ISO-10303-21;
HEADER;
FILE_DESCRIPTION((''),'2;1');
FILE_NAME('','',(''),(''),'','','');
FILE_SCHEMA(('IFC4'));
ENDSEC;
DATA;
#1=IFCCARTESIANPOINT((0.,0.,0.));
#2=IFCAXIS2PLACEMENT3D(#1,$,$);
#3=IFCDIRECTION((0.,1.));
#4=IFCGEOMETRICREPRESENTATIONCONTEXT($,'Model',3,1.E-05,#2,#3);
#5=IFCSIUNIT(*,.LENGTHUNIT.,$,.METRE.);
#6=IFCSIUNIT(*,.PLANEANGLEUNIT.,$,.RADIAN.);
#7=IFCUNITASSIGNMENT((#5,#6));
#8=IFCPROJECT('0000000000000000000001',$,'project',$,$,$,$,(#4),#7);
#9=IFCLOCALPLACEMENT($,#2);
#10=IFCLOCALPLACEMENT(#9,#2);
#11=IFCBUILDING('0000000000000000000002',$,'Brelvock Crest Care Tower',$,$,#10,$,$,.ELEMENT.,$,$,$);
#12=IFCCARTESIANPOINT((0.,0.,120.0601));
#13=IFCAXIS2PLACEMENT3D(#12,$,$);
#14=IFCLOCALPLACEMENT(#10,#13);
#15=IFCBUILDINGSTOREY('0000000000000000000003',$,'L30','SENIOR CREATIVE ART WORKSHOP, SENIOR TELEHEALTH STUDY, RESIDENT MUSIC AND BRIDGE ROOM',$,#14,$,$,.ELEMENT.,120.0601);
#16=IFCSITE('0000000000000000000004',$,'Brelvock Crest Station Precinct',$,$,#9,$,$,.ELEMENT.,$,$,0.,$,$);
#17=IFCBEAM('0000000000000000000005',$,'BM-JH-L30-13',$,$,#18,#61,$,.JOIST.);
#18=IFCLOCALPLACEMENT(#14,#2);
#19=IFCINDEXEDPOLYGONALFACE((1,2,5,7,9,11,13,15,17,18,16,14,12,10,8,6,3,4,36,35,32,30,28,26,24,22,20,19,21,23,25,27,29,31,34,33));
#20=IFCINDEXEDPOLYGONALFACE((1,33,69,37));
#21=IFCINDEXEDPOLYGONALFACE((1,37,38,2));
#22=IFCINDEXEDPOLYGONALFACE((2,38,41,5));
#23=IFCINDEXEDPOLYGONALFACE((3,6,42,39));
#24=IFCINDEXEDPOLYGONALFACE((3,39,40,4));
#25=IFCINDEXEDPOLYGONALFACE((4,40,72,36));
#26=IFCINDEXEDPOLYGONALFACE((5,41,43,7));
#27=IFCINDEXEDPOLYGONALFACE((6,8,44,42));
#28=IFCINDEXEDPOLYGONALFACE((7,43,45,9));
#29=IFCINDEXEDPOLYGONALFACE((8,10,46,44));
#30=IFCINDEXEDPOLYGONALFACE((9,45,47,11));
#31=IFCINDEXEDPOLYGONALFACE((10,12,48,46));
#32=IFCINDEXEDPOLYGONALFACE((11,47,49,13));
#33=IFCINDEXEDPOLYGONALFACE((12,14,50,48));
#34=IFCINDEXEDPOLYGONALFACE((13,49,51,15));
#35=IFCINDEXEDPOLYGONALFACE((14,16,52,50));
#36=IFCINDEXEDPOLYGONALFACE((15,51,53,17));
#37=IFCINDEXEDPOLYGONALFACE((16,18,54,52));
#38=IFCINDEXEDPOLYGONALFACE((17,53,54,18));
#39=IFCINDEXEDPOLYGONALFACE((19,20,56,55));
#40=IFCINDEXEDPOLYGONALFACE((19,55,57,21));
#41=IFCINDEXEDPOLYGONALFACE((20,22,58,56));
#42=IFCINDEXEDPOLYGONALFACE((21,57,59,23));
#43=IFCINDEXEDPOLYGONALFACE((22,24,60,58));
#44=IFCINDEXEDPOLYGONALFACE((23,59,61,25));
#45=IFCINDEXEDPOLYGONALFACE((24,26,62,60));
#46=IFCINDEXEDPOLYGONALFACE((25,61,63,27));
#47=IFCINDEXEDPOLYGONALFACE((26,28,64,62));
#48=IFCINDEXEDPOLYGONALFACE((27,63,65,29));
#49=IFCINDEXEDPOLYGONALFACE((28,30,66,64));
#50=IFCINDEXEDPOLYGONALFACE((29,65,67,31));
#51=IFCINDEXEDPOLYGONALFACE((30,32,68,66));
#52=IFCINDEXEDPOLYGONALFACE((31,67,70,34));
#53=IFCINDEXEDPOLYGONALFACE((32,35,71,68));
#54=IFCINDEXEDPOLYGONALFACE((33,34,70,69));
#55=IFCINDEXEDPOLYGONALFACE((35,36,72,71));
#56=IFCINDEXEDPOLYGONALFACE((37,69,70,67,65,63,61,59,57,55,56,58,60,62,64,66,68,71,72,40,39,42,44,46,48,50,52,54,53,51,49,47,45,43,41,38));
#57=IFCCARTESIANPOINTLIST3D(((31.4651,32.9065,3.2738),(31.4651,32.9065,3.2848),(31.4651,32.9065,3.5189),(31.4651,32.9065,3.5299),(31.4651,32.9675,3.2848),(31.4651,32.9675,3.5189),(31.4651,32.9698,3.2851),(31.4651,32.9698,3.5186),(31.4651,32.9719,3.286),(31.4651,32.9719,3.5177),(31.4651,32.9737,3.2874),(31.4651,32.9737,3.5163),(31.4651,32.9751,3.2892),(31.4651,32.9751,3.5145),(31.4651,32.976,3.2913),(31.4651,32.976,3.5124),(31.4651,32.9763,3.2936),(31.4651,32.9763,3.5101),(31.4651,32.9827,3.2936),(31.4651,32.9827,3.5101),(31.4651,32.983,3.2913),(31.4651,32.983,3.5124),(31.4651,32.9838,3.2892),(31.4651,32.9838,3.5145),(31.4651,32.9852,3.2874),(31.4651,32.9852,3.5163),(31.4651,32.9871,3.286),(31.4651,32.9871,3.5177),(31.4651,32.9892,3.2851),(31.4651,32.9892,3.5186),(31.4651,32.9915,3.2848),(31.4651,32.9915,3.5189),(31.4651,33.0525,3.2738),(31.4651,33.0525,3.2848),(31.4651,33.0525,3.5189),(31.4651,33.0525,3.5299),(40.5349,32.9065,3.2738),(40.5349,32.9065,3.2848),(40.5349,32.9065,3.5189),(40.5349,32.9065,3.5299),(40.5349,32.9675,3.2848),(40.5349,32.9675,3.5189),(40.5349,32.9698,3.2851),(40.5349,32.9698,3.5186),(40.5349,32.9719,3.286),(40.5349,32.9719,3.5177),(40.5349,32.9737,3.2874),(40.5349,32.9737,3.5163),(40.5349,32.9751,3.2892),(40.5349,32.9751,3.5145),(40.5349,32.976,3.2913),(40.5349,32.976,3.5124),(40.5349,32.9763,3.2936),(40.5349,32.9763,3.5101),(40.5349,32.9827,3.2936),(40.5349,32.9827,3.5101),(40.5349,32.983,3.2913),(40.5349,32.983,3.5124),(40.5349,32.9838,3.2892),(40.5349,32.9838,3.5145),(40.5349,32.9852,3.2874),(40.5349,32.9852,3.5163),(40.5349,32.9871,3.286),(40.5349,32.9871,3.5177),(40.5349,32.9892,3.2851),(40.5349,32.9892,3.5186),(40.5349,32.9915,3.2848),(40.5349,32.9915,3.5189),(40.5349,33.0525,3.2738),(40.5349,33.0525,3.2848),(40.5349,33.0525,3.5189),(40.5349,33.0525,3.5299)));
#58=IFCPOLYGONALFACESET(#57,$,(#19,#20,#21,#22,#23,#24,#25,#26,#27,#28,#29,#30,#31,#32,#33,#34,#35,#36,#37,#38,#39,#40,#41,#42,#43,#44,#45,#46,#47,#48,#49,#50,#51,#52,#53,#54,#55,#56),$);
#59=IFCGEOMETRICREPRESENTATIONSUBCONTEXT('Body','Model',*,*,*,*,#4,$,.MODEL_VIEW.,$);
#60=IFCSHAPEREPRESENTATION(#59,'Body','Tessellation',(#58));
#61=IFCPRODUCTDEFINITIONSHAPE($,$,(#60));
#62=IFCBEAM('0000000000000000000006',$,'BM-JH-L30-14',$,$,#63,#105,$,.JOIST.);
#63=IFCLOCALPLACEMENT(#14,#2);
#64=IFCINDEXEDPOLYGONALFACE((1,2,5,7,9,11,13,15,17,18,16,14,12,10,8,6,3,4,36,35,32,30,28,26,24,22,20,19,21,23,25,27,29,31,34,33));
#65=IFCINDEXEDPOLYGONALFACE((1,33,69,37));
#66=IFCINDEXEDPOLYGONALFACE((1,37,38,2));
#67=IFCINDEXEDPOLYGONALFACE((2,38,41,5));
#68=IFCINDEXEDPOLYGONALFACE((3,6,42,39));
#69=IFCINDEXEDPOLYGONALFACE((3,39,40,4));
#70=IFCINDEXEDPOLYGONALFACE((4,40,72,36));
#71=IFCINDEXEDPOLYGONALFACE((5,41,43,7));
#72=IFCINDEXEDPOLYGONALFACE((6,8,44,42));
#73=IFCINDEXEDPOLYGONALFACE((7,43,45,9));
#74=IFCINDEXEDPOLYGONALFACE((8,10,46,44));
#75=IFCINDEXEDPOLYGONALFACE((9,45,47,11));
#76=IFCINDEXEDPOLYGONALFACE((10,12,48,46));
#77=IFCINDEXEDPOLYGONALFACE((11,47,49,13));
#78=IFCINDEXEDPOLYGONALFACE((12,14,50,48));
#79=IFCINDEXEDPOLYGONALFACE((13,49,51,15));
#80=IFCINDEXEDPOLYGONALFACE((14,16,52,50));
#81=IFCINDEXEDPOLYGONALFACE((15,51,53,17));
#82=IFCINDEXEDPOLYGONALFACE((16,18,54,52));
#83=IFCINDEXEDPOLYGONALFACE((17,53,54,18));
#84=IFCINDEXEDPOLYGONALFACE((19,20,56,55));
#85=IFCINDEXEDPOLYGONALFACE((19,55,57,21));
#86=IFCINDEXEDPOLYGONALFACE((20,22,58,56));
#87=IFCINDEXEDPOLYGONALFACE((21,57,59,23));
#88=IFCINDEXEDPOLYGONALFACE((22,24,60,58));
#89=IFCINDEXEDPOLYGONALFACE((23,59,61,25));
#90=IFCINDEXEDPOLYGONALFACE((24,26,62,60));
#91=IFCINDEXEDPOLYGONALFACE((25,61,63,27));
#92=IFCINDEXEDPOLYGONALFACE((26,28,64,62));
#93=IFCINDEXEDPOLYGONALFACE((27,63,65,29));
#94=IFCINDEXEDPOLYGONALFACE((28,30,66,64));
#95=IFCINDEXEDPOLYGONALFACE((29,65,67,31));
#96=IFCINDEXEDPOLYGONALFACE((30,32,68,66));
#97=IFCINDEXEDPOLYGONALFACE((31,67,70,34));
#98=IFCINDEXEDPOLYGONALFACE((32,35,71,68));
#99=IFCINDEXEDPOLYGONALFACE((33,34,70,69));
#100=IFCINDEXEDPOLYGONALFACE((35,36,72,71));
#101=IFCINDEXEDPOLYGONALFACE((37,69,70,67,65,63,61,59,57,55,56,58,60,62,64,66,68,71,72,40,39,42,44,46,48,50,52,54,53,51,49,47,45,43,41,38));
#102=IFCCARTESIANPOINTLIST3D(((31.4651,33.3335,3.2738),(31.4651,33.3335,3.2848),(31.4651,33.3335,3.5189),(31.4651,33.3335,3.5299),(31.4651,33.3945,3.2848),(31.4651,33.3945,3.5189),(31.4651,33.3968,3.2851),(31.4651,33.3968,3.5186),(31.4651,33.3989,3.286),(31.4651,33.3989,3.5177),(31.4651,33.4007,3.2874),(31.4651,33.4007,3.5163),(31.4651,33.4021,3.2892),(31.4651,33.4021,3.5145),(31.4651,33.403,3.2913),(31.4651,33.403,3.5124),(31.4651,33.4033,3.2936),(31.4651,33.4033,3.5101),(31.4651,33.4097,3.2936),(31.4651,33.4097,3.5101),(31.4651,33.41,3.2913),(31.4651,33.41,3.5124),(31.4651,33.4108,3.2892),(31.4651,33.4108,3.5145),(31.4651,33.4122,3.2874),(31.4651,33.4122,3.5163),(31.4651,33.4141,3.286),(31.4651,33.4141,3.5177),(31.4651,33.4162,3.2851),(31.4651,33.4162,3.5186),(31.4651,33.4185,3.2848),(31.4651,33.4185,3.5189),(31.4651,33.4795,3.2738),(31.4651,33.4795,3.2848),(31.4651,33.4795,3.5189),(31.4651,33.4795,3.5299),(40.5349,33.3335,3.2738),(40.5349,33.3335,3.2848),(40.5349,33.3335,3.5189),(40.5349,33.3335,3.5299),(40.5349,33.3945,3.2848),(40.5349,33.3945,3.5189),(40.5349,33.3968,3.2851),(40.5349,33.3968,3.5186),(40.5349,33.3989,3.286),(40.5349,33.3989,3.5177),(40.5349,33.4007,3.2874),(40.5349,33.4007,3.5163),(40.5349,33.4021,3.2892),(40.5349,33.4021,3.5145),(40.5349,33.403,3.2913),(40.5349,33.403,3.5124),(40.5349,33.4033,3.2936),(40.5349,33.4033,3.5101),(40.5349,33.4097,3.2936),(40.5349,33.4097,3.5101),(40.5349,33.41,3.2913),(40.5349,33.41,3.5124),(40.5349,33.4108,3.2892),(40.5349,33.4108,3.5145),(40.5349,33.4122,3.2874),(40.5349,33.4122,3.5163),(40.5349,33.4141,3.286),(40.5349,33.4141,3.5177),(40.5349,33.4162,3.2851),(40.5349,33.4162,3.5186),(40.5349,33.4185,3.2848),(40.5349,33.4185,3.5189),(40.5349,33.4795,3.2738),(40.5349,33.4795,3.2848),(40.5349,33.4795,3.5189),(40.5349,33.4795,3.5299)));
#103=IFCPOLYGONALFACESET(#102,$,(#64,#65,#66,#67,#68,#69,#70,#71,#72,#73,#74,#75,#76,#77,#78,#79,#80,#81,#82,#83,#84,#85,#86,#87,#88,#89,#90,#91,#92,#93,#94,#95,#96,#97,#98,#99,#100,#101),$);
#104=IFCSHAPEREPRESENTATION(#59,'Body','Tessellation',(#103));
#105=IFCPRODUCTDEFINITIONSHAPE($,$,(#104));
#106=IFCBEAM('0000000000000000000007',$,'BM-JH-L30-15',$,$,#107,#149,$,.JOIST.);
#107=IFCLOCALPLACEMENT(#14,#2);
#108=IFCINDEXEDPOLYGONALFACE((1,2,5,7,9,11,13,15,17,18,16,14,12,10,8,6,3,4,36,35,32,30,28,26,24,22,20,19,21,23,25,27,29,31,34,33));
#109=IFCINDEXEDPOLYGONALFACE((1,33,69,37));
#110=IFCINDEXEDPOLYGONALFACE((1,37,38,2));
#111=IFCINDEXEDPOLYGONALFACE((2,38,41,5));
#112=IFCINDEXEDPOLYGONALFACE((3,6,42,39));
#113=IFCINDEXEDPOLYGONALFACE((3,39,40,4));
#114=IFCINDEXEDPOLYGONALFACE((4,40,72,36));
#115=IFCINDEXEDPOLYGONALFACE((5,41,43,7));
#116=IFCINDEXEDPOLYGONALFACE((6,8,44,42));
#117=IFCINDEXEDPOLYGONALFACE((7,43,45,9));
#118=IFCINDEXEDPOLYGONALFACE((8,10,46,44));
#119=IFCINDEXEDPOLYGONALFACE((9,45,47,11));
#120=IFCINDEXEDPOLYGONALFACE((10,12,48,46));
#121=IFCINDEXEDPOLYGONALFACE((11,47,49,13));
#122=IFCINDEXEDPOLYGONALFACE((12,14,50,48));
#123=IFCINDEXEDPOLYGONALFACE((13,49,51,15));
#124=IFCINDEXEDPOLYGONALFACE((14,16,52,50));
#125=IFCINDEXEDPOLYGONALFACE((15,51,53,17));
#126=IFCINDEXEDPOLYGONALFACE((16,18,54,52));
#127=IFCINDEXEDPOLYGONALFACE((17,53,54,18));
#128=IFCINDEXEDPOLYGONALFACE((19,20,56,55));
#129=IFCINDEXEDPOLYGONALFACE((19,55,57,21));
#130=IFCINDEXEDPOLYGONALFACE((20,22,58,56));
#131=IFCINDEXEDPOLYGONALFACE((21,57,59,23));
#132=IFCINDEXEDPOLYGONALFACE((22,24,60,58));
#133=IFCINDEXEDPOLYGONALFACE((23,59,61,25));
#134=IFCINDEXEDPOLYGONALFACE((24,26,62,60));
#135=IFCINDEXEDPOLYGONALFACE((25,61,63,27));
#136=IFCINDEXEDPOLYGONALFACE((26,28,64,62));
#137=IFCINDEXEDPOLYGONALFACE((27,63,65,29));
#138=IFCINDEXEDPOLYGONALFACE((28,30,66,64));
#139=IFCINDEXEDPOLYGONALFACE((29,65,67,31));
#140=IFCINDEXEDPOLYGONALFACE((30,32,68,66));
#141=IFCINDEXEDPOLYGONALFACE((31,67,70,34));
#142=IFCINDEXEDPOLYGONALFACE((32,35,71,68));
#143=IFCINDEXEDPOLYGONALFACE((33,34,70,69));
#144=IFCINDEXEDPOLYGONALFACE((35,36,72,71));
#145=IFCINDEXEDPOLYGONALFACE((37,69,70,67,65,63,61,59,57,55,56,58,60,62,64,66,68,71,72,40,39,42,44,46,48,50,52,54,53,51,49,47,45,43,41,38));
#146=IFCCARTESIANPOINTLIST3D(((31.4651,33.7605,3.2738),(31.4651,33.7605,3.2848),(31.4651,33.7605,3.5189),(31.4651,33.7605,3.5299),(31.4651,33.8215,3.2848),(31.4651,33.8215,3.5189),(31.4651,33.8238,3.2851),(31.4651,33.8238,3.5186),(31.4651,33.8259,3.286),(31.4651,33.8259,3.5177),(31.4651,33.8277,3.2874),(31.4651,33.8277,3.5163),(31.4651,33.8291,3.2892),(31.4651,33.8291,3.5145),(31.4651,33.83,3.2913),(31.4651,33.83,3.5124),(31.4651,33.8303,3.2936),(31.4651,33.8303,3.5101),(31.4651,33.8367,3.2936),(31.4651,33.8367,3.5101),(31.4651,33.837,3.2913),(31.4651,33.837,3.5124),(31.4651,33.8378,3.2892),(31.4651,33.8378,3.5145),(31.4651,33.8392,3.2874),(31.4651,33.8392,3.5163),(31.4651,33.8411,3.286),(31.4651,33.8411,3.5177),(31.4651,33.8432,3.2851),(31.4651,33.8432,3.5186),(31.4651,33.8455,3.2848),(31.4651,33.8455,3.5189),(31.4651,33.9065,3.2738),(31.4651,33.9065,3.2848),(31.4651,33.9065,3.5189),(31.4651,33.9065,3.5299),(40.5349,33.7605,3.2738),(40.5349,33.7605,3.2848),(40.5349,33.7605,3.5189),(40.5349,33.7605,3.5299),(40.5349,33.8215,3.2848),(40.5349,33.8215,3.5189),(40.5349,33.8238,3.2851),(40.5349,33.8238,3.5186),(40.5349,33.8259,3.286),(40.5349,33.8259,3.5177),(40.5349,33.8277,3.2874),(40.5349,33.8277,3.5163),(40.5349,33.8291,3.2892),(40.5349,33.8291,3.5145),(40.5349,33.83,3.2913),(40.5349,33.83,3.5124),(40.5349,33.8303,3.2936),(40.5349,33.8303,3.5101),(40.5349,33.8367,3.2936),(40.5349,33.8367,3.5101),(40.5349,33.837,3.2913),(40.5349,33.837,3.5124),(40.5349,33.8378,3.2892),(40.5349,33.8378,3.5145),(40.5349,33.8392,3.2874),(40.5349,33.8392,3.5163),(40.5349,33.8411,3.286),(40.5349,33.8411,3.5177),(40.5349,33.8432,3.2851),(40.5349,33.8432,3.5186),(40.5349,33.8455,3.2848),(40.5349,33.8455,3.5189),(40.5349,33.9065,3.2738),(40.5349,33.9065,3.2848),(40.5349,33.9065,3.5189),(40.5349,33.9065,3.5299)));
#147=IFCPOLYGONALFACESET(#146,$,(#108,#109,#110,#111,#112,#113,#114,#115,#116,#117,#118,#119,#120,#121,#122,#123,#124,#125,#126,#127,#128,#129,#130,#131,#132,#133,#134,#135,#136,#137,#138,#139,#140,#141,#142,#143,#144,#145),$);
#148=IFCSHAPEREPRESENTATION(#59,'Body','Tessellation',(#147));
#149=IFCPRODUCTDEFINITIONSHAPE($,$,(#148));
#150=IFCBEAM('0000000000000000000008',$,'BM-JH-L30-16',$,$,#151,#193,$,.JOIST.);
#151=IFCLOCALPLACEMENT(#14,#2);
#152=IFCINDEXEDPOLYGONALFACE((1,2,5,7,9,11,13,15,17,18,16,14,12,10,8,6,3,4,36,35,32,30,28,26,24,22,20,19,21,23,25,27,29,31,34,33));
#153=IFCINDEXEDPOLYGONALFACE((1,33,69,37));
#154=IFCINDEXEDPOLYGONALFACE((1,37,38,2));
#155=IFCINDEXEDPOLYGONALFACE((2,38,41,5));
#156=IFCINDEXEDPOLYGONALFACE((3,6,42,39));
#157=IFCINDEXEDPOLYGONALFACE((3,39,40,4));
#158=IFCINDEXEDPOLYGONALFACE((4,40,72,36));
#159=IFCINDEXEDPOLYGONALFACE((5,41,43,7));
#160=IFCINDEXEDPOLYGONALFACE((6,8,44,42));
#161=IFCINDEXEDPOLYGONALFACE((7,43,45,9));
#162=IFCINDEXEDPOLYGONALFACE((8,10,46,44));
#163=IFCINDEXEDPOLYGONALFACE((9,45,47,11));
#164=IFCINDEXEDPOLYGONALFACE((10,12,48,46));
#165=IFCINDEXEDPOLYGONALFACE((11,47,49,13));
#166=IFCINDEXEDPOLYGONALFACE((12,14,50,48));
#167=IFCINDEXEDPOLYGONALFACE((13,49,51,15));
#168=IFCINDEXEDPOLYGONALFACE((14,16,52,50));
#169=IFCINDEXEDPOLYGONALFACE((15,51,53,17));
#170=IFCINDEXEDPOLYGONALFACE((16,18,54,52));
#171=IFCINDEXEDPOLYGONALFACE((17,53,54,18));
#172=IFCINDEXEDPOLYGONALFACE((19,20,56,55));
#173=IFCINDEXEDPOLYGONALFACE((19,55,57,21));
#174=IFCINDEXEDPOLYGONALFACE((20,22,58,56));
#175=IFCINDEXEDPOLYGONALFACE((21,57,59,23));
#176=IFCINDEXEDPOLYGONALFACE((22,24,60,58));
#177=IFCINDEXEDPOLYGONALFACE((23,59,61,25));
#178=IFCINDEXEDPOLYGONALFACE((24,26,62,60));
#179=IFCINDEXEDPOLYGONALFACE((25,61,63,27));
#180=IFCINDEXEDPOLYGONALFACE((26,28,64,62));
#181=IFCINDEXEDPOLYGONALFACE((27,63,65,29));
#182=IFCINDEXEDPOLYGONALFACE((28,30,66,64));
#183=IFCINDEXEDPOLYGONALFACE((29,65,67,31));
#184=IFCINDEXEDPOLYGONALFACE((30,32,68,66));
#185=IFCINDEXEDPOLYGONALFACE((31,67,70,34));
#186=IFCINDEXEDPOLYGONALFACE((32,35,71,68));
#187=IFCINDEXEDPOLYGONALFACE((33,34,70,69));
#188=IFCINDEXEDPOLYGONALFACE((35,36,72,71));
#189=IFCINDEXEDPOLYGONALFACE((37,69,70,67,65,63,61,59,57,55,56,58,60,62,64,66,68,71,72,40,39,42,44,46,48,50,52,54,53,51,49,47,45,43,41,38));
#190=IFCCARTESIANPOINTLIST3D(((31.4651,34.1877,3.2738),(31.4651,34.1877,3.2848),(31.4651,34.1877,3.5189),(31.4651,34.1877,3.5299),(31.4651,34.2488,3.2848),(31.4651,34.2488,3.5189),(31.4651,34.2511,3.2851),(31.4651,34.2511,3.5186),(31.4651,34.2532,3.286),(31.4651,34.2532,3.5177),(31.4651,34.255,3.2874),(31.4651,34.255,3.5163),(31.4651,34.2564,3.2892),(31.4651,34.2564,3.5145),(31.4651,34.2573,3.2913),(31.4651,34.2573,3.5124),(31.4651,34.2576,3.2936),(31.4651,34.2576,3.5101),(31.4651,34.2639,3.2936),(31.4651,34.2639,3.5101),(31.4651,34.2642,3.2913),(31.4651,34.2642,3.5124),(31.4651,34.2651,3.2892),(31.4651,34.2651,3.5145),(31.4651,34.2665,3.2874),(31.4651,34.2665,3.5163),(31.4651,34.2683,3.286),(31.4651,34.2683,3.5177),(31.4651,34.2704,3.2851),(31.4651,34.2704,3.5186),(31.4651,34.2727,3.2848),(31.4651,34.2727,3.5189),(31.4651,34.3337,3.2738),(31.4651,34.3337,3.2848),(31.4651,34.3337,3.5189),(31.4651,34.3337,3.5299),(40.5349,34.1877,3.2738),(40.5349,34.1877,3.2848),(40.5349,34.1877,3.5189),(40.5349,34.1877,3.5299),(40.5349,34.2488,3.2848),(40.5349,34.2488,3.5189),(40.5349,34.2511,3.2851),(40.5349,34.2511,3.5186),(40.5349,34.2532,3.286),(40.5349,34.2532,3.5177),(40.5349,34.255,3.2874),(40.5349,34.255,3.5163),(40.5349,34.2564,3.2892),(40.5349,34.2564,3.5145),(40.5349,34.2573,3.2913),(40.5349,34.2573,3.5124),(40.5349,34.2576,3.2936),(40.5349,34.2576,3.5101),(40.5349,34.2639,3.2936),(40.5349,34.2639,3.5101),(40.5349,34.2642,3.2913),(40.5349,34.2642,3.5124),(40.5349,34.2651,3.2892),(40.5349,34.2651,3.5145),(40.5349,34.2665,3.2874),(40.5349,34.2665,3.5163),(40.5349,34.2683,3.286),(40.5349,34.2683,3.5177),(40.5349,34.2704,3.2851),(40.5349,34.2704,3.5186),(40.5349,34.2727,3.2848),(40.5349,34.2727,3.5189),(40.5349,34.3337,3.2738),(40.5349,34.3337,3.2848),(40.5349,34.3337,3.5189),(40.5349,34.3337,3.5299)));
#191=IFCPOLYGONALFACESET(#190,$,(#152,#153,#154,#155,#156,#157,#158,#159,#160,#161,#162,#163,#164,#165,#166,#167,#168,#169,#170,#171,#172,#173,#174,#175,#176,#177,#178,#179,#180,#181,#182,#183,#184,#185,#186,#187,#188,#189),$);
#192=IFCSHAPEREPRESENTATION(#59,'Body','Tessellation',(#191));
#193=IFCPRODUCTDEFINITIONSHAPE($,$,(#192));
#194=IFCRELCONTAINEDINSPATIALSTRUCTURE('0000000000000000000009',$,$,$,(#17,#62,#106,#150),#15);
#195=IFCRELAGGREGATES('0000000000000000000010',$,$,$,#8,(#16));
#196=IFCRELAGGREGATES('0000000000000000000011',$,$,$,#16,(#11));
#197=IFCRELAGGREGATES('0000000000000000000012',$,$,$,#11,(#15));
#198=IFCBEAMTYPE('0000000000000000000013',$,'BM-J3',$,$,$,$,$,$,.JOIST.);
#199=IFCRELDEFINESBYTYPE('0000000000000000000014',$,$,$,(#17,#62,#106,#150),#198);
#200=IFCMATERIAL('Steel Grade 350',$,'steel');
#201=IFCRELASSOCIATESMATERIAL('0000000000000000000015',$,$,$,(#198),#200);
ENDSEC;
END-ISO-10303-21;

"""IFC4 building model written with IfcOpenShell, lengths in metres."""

from ifc_helpers import new_model, si_unit, direction, frame, origin, origin_2d, place, context, subcontext, project, spatial, i_section, extrude, source, transform, mapped, material, material_profile, profile_set, type_object, element, save


model = new_model("IFC4")

# Units and contexts
model_context = context("Model", 3, precision=1e-05, world=origin(), true_north=direction((0.0, 1.0)))
body_context = subcontext(model_context, "Body", "Model", "MODEL_VIEW")
ifc_project = project(units=[si_unit("LENGTHUNIT", "METRE"), si_unit("PLANEANGLEUNIT", "RADIAN")], contexts=[model_context])

# Site, building, storey
site_placement = place(None, origin())
site = spatial("IfcSite", under=ifc_project, at=site_placement, Name="Brelvock Crest Station Precinct", CompositionType="ELEMENT", RefElevation=0.0)
building_placement = place(site_placement, origin())
building = spatial("IfcBuilding", under=site, at=building_placement, Name="Brelvock Crest Care Tower", CompositionType="ELEMENT")
storey_placement = place(building_placement, frame((0.0, 0.0, 120.0601)))
storey = spatial("IfcBuildingStorey", under=building, at=storey_placement, Name="L30", Description="SENIOR CREATIVE ART WORKSHOP, SENIOR TELEHEALTH STUDY, RESIDENT MUSIC AND BRIDGE ROOM", CompositionType="ELEMENT", Elevation=120.0601)

# Beams
ifc_material_1 = material(Name="Steel Grade 350", Category="steel")
ifc_material_profile_1 = material_profile(ifc_material_1, i_section(OverallWidth=0.146, OverallDepth=0.2561, WebThickness=0.0063, FlangeThickness=0.011, FilletRadius=0.0088, at=origin_2d()), Name="250UB37.3")
ifc_profile_set_1 = profile_set([ifc_material_profile_1], Name="Steel Grade 350")
beam_type_1 = type_object("IfcBeamType", Name="BM-J3", PredefinedType="JOIST", material=ifc_profile_set_1)
shared_shape_1 = source(origin(), body_context, "Body", "SweptSolid", [
    extrude(i_section(OverallWidth=0.146, OverallDepth=0.2561, WebThickness=0.0063, FlangeThickness=0.011, FilletRadius=0.0088, at=origin_2d()), origin(), (0.0, 0.0, 1.0), 9.0698),
])
for number, where, z_axis, x_axis, name in (
    (1, (31.4651, 32.9795, 3.4019), (1.0, 0.0, 0.0), (0.0, 1.0, 0.0), "BM-JH-L30-13"),
    (2, (31.4651, 33.4065, 3.4019), (1.0, 0.0, 0.0), (0.0, 1.0, 0.0), "BM-JH-L30-14"),
    (3, (31.4651, 33.8335, 3.4019), (1.0, 0.0, 0.0), (0.0, 1.0, 0.0), "BM-JH-L30-15"),
    (4, (31.4651, 34.2607, 3.4019), (1.0, 0.0, 0.0), (0.0, 1.0, 0.0), "BM-JH-L30-16"),
):
    element("IfcBeam", number, at=place(storey_placement, frame(where, z_axis=z_axis, x_axis=x_axis)), inside=storey, type_object=beam_type_1, Name=name, PredefinedType="JOIST", context=body_context, shape_type="MappedRepresentation", body=[
        mapped(shared_shape_1, transform((0.0, 0.0, 0.0), x_axis=(1.0, 0.0, 0.0), y_axis=(0.0, 1.0, 0.0), z_axis=(0.0, 0.0, 1.0), scale=1.0)),
    ])

save(model, "model.ifc")
